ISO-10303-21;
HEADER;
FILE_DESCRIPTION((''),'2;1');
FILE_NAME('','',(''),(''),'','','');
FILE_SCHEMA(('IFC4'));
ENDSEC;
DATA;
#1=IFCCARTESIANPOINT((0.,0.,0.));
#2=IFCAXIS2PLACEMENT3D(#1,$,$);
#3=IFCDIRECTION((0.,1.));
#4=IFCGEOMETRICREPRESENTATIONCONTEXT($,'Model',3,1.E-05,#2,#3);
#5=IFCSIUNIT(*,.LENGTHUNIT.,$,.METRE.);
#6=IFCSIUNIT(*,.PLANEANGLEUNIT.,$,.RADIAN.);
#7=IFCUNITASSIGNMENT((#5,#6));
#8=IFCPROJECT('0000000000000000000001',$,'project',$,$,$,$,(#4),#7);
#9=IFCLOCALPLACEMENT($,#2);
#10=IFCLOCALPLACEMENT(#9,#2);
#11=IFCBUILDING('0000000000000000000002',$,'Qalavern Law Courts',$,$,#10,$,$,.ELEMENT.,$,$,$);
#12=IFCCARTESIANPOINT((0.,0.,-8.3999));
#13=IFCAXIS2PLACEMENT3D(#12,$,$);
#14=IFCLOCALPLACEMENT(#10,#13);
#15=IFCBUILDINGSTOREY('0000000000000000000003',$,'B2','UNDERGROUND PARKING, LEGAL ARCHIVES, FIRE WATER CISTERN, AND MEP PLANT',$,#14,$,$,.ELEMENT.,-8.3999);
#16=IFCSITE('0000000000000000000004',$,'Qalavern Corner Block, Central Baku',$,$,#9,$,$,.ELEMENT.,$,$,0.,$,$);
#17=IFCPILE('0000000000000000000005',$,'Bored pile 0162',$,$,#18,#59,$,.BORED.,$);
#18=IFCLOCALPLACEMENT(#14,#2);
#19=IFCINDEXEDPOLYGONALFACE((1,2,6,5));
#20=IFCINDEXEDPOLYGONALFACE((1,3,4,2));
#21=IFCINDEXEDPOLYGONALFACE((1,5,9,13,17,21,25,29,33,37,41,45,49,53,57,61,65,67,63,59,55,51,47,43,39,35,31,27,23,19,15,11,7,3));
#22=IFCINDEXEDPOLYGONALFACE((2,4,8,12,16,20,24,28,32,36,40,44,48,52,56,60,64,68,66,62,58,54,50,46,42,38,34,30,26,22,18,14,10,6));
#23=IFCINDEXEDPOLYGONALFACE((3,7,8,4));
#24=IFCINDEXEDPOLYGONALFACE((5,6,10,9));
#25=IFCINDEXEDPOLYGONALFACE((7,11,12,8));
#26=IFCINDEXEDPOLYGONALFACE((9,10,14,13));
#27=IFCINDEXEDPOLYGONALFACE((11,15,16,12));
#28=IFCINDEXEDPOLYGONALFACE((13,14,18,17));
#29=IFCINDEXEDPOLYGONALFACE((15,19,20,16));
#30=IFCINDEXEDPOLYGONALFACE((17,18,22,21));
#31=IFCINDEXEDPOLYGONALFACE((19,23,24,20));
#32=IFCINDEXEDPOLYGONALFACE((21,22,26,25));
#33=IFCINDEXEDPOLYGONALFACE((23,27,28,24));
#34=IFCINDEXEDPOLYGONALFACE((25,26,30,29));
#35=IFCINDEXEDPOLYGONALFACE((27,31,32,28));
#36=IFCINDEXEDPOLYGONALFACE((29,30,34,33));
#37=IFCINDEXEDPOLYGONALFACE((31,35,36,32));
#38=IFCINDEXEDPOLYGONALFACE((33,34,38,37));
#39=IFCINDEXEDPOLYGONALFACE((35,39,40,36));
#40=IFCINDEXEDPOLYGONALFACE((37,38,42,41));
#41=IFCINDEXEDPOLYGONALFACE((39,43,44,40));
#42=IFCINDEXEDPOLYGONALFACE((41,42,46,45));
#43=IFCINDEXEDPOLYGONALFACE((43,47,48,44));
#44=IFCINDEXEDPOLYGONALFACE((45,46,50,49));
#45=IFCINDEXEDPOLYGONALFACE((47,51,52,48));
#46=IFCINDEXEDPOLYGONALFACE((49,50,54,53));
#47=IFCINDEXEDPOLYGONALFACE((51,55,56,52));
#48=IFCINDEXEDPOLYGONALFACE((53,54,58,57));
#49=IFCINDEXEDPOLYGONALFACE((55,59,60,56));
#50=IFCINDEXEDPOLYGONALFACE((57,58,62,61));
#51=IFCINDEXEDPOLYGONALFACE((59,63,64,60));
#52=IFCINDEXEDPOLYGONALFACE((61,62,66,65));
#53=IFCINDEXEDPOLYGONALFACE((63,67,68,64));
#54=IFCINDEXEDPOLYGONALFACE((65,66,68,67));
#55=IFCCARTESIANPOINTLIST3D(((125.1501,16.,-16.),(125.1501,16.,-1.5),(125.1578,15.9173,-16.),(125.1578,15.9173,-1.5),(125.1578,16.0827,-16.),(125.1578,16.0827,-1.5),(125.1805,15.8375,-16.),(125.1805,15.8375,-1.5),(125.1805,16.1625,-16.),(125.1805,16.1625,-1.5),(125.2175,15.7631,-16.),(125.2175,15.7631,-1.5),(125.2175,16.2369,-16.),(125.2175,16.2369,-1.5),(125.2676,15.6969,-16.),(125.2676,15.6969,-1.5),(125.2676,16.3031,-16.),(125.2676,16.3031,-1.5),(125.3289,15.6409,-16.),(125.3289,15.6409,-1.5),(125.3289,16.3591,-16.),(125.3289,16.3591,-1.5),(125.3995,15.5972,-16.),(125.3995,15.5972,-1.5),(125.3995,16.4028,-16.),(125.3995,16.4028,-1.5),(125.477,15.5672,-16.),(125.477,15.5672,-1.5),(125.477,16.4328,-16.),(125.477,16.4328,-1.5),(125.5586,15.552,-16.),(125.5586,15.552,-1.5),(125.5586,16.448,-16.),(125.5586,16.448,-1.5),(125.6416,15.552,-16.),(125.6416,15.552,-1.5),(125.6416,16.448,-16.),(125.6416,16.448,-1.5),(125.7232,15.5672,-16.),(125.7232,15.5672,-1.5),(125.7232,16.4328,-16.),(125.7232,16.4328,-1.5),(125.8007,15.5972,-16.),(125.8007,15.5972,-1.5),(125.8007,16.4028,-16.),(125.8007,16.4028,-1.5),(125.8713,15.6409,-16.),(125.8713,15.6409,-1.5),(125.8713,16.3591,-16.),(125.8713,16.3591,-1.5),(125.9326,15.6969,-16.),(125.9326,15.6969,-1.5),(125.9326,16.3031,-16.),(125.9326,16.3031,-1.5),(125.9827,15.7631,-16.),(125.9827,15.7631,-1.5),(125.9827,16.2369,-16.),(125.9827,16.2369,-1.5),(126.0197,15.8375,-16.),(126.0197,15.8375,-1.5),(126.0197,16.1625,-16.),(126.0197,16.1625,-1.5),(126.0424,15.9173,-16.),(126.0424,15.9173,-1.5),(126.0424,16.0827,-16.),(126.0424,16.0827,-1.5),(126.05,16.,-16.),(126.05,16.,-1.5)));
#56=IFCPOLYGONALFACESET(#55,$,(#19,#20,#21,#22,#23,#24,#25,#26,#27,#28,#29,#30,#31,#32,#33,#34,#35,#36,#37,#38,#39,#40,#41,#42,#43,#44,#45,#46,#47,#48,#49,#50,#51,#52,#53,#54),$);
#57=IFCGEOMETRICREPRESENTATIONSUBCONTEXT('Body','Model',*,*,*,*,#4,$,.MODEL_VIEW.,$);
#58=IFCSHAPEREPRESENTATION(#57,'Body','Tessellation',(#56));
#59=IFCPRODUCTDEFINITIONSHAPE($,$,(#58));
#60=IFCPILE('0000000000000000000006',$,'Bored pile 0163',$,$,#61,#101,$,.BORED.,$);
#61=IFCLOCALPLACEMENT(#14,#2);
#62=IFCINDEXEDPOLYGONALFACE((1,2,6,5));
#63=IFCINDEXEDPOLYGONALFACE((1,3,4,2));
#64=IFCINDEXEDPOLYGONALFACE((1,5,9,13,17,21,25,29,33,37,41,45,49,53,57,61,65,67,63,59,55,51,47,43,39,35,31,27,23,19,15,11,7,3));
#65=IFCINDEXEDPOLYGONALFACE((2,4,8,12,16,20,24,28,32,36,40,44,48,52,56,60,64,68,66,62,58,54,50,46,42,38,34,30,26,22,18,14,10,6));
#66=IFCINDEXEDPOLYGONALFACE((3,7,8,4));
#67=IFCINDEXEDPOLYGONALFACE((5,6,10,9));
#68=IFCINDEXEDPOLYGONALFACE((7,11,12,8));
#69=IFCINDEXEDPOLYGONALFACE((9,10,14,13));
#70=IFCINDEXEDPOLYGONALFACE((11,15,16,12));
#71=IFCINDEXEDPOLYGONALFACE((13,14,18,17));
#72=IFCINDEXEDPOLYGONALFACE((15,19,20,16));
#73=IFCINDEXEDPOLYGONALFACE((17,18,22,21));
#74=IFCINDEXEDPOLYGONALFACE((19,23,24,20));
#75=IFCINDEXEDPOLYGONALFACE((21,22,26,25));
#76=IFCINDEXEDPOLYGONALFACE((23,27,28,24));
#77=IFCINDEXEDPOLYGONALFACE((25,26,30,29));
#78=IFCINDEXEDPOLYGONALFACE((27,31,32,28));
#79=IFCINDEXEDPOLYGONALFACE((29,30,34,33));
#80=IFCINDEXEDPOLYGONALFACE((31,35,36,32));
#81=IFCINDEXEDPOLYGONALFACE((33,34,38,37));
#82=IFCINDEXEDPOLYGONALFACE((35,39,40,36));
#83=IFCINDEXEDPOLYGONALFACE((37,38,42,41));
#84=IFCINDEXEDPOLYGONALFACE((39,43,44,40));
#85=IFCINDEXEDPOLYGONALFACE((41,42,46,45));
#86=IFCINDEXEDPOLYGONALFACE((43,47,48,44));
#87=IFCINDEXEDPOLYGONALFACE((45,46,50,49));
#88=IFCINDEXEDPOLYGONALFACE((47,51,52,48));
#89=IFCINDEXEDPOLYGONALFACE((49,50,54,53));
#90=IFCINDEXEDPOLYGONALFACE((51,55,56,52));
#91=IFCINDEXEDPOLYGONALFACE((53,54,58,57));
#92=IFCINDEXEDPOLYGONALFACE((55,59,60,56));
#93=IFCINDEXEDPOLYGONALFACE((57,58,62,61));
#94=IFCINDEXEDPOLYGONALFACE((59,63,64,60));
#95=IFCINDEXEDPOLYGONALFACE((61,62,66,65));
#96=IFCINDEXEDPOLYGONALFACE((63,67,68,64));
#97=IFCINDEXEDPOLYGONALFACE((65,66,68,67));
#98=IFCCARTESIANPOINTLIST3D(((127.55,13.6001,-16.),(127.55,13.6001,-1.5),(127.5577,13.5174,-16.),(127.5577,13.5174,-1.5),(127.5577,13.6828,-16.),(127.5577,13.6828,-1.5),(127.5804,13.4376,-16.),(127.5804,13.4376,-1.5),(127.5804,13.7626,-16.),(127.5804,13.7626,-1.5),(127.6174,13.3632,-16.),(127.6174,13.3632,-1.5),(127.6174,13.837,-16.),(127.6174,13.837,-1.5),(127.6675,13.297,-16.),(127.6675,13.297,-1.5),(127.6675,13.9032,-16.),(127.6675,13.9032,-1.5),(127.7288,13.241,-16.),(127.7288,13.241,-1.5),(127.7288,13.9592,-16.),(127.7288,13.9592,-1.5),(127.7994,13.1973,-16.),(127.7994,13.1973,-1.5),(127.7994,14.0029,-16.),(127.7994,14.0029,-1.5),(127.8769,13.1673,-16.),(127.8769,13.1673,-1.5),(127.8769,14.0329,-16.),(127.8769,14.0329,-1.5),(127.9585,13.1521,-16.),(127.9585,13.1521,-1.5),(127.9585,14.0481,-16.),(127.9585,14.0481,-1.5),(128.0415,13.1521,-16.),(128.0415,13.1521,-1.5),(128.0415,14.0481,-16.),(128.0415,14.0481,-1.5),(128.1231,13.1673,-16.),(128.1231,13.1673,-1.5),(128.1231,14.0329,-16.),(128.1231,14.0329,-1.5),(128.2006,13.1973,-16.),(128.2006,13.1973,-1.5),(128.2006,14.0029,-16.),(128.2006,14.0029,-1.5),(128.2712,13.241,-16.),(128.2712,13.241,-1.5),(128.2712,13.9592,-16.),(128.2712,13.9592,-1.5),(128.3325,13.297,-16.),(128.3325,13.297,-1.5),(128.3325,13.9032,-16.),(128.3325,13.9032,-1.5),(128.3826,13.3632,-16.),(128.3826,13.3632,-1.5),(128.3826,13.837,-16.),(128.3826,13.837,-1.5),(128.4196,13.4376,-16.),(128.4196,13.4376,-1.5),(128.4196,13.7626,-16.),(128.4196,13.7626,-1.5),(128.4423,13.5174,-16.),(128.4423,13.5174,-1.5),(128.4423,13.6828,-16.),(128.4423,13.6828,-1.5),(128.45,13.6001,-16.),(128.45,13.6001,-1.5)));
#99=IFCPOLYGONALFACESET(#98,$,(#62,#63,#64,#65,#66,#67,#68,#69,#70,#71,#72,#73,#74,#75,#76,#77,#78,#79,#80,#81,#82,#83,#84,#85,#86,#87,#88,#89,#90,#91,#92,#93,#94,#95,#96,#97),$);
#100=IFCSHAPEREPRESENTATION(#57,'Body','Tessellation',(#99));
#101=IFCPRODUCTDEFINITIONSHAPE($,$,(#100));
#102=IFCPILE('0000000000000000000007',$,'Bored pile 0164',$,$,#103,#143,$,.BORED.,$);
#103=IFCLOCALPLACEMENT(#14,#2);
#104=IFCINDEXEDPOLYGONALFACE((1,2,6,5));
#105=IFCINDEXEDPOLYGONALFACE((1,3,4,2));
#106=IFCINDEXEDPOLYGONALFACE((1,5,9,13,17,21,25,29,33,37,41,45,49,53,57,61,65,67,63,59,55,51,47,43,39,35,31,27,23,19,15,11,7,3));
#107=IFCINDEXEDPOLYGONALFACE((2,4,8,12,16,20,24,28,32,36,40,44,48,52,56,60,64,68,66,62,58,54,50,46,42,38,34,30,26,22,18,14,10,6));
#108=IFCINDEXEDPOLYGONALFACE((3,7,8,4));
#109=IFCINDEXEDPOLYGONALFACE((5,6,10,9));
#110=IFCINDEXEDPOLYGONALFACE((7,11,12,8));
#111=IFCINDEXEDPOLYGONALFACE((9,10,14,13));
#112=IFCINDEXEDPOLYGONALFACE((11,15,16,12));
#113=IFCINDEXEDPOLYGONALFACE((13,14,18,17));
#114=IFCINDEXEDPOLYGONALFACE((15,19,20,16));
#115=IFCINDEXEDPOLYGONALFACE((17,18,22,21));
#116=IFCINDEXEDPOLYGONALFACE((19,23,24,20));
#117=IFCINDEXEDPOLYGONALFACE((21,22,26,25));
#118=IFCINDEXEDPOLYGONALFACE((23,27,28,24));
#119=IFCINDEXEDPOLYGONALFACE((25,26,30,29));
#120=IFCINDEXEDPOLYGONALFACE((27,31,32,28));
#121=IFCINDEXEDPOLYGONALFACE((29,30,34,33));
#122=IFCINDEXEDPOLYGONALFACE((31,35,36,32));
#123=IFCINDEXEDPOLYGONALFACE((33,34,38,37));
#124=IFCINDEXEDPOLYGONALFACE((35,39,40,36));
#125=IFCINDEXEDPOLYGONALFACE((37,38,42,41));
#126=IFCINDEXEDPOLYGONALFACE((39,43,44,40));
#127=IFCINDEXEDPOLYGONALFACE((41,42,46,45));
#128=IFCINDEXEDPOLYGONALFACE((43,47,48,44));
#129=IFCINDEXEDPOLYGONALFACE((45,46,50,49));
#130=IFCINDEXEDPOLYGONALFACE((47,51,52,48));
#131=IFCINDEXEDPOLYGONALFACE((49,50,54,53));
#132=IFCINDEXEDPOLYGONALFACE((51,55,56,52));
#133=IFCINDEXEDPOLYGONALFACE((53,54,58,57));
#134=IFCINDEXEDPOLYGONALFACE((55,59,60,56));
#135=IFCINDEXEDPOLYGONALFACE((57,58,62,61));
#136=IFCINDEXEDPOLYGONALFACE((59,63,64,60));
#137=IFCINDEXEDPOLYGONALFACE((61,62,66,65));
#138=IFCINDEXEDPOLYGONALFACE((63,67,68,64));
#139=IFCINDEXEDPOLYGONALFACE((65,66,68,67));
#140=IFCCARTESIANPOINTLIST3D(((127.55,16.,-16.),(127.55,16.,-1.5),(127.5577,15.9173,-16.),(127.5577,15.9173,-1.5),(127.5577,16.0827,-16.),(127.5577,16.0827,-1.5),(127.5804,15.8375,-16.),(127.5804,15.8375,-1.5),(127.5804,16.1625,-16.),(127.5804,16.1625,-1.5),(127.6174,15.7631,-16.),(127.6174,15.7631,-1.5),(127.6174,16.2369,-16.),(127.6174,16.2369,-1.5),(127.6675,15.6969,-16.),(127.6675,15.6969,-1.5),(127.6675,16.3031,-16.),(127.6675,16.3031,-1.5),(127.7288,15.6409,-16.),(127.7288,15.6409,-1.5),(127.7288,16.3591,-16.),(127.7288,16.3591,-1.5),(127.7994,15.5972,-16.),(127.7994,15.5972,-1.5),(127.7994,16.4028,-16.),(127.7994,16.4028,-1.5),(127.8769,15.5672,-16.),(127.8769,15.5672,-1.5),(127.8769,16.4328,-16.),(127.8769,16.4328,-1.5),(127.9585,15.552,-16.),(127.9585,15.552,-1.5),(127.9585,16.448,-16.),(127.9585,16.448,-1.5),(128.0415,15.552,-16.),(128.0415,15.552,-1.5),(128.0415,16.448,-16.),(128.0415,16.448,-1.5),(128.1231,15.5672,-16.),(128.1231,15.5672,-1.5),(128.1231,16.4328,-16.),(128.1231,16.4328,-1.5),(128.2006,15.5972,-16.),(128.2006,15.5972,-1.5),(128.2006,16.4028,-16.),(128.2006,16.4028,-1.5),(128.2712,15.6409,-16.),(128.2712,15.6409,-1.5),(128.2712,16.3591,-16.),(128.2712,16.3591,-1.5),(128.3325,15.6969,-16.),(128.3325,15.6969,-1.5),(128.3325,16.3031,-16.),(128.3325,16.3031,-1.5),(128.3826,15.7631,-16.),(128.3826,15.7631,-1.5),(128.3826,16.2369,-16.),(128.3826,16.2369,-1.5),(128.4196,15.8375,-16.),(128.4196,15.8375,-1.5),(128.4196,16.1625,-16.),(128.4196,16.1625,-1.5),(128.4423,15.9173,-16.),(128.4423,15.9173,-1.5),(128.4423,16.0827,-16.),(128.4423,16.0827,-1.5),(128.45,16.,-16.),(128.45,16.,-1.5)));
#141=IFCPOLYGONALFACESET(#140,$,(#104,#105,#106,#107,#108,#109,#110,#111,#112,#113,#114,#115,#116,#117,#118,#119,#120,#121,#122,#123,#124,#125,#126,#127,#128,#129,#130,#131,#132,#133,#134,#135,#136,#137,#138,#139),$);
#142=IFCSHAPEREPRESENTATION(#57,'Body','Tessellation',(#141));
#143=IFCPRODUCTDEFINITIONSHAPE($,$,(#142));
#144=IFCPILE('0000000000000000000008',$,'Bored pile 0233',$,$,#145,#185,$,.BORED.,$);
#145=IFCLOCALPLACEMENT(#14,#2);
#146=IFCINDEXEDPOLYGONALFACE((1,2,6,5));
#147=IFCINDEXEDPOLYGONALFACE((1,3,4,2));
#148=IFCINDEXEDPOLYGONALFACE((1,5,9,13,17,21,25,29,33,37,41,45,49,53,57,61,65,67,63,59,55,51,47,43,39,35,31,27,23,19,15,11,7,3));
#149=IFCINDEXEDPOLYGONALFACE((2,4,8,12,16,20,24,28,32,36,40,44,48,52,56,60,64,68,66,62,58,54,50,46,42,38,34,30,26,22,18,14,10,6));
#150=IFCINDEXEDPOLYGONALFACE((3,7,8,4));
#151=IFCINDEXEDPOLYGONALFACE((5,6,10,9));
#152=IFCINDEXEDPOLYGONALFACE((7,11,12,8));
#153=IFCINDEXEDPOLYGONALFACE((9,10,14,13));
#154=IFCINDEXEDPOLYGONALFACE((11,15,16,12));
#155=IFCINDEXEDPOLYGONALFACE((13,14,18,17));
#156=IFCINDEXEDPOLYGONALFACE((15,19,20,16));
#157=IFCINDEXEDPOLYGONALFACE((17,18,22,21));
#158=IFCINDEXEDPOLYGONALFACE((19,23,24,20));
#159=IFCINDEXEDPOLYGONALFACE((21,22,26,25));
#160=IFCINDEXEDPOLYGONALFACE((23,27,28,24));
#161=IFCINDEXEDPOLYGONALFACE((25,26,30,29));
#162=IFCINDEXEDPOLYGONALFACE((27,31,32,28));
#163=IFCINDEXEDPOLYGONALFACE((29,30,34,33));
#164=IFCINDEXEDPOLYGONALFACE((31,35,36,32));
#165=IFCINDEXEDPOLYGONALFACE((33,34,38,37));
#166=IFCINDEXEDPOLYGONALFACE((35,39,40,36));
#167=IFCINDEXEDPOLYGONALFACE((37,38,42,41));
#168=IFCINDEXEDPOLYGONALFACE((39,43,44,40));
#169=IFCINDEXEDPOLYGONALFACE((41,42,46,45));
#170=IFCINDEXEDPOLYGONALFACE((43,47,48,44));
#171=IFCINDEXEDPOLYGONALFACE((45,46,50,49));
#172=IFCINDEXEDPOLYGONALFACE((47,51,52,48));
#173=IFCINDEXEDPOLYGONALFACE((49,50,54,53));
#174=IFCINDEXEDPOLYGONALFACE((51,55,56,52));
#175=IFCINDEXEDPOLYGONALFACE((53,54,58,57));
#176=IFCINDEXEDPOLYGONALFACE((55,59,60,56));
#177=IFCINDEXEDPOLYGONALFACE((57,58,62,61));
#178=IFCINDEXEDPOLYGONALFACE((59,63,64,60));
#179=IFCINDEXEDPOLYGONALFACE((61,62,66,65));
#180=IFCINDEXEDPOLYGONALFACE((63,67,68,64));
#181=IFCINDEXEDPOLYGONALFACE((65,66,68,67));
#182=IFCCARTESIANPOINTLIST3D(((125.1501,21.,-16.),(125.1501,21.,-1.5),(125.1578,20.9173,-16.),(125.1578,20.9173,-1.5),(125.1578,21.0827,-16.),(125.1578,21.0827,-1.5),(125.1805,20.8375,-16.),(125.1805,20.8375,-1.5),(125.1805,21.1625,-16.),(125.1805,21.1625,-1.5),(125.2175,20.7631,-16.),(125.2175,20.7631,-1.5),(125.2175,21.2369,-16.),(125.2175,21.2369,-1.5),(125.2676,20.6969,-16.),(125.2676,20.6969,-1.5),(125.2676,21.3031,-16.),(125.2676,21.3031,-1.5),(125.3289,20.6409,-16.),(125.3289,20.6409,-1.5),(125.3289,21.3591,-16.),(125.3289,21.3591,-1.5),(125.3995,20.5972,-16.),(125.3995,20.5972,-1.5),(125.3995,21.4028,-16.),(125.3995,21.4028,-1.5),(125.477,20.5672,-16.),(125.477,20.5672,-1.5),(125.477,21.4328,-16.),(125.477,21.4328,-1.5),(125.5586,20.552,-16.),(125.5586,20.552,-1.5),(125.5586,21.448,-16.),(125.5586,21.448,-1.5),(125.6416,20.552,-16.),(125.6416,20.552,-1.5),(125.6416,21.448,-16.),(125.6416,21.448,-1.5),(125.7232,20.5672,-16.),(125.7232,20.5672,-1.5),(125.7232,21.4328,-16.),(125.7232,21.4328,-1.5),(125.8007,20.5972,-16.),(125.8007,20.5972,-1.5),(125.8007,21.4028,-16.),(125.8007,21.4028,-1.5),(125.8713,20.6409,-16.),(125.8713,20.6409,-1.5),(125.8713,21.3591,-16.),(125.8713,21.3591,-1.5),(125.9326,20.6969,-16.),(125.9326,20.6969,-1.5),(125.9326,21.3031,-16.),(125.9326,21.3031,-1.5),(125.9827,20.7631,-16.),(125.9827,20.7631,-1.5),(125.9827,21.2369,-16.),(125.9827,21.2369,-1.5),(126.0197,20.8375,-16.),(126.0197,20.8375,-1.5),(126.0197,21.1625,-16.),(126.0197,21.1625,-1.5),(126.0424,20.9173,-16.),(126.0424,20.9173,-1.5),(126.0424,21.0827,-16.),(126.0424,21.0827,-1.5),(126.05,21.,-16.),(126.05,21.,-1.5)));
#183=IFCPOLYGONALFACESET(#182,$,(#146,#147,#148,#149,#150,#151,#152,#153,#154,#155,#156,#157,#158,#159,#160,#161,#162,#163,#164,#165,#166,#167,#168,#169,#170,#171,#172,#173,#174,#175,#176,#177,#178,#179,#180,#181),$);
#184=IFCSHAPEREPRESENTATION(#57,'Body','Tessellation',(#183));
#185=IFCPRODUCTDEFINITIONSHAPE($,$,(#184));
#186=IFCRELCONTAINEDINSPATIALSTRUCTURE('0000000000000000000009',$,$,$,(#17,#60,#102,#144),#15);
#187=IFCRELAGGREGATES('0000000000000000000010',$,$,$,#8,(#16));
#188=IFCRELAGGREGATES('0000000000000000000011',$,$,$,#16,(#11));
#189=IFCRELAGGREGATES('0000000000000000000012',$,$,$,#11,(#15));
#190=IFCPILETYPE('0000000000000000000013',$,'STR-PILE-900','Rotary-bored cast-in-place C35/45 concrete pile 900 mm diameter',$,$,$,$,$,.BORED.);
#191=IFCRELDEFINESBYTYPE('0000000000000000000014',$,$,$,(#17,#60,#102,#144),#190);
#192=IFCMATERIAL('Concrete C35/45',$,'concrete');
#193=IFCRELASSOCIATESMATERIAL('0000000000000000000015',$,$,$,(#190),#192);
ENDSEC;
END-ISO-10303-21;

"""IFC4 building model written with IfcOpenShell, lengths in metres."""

from ifc_helpers import new_model, si_unit, direction, frame, origin, origin_2d, place, context, subcontext, project, spatial, circle, extrude, material, material_profile, profile_set, type_object, element, save


model = new_model("IFC4")

# Units and contexts
model_context = context("Model", 3, precision=1e-05, world=origin(), true_north=direction((0.0, 1.0)))
body_context = subcontext(model_context, "Body", "Model", "MODEL_VIEW")
ifc_project = project(units=[si_unit("LENGTHUNIT", "METRE"), si_unit("PLANEANGLEUNIT", "RADIAN")], contexts=[model_context])

# Site, building, storey
site_placement = place(None, origin())
site = spatial("IfcSite", under=ifc_project, at=site_placement, Name="Qalavern Corner Block, Central Baku", CompositionType="ELEMENT", RefElevation=0.0)
building_placement = place(site_placement, origin())
building = spatial("IfcBuilding", under=site, at=building_placement, Name="Qalavern Law Courts", CompositionType="ELEMENT")
storey_placement = place(building_placement, frame((0.0, 0.0, -8.3999)))
storey = spatial("IfcBuildingStorey", under=building, at=storey_placement, Name="B2", Description="UNDERGROUND PARKING, LEGAL ARCHIVES, FIRE WATER CISTERN, AND MEP PLANT", CompositionType="ELEMENT", Elevation=-8.3999)

# Shared definitions
ifc_material_1 = material(Name="Concrete C35/45", Category="concrete")

# Piles
ifc_material_profile_1 = material_profile(ifc_material_1, circle(Radius=0.45, at=origin_2d()), Name="BORED PILE 900")
ifc_profile_set_1 = profile_set([ifc_material_profile_1], Name="Concrete C35/45")
pile_type_1 = type_object("IfcPileType", Name="STR-PILE-900", Description="Rotary-bored cast-in-place C35/45 concrete pile 900 mm diameter", PredefinedType="BORED", material=ifc_profile_set_1)
for number, where, z_axis, x_axis, name in (
    (1, (125.6001, 16.0, -1.5), (0.0, 0.0, -1.0), (1.0, 0.0, 0.0), "Bored pile 0162"),
    (2, (128.0, 13.6001, -1.5), (0.0, 0.0, -1.0), (1.0, 0.0, 0.0), "Bored pile 0163"),
    (3, (128.0, 16.0, -1.5), (0.0, 0.0, -1.0), (1.0, 0.0, 0.0), "Bored pile 0164"),
    (4, (125.6001, 21.0, -1.5), (0.0, 0.0, -1.0), (1.0, 0.0, 0.0), "Bored pile 0233"),
):
    element("IfcPile", number, at=place(storey_placement, frame(where, z_axis=z_axis, x_axis=x_axis)), inside=storey, type_object=pile_type_1, Name=name, PredefinedType="BORED", context=body_context, shape_type="SweptSolid", body=[
        extrude(circle(Radius=0.45, at=origin_2d()), origin(), (0.0, 0.0, 1.0), 14.5),
    ])

save(model, "model.ifc")
